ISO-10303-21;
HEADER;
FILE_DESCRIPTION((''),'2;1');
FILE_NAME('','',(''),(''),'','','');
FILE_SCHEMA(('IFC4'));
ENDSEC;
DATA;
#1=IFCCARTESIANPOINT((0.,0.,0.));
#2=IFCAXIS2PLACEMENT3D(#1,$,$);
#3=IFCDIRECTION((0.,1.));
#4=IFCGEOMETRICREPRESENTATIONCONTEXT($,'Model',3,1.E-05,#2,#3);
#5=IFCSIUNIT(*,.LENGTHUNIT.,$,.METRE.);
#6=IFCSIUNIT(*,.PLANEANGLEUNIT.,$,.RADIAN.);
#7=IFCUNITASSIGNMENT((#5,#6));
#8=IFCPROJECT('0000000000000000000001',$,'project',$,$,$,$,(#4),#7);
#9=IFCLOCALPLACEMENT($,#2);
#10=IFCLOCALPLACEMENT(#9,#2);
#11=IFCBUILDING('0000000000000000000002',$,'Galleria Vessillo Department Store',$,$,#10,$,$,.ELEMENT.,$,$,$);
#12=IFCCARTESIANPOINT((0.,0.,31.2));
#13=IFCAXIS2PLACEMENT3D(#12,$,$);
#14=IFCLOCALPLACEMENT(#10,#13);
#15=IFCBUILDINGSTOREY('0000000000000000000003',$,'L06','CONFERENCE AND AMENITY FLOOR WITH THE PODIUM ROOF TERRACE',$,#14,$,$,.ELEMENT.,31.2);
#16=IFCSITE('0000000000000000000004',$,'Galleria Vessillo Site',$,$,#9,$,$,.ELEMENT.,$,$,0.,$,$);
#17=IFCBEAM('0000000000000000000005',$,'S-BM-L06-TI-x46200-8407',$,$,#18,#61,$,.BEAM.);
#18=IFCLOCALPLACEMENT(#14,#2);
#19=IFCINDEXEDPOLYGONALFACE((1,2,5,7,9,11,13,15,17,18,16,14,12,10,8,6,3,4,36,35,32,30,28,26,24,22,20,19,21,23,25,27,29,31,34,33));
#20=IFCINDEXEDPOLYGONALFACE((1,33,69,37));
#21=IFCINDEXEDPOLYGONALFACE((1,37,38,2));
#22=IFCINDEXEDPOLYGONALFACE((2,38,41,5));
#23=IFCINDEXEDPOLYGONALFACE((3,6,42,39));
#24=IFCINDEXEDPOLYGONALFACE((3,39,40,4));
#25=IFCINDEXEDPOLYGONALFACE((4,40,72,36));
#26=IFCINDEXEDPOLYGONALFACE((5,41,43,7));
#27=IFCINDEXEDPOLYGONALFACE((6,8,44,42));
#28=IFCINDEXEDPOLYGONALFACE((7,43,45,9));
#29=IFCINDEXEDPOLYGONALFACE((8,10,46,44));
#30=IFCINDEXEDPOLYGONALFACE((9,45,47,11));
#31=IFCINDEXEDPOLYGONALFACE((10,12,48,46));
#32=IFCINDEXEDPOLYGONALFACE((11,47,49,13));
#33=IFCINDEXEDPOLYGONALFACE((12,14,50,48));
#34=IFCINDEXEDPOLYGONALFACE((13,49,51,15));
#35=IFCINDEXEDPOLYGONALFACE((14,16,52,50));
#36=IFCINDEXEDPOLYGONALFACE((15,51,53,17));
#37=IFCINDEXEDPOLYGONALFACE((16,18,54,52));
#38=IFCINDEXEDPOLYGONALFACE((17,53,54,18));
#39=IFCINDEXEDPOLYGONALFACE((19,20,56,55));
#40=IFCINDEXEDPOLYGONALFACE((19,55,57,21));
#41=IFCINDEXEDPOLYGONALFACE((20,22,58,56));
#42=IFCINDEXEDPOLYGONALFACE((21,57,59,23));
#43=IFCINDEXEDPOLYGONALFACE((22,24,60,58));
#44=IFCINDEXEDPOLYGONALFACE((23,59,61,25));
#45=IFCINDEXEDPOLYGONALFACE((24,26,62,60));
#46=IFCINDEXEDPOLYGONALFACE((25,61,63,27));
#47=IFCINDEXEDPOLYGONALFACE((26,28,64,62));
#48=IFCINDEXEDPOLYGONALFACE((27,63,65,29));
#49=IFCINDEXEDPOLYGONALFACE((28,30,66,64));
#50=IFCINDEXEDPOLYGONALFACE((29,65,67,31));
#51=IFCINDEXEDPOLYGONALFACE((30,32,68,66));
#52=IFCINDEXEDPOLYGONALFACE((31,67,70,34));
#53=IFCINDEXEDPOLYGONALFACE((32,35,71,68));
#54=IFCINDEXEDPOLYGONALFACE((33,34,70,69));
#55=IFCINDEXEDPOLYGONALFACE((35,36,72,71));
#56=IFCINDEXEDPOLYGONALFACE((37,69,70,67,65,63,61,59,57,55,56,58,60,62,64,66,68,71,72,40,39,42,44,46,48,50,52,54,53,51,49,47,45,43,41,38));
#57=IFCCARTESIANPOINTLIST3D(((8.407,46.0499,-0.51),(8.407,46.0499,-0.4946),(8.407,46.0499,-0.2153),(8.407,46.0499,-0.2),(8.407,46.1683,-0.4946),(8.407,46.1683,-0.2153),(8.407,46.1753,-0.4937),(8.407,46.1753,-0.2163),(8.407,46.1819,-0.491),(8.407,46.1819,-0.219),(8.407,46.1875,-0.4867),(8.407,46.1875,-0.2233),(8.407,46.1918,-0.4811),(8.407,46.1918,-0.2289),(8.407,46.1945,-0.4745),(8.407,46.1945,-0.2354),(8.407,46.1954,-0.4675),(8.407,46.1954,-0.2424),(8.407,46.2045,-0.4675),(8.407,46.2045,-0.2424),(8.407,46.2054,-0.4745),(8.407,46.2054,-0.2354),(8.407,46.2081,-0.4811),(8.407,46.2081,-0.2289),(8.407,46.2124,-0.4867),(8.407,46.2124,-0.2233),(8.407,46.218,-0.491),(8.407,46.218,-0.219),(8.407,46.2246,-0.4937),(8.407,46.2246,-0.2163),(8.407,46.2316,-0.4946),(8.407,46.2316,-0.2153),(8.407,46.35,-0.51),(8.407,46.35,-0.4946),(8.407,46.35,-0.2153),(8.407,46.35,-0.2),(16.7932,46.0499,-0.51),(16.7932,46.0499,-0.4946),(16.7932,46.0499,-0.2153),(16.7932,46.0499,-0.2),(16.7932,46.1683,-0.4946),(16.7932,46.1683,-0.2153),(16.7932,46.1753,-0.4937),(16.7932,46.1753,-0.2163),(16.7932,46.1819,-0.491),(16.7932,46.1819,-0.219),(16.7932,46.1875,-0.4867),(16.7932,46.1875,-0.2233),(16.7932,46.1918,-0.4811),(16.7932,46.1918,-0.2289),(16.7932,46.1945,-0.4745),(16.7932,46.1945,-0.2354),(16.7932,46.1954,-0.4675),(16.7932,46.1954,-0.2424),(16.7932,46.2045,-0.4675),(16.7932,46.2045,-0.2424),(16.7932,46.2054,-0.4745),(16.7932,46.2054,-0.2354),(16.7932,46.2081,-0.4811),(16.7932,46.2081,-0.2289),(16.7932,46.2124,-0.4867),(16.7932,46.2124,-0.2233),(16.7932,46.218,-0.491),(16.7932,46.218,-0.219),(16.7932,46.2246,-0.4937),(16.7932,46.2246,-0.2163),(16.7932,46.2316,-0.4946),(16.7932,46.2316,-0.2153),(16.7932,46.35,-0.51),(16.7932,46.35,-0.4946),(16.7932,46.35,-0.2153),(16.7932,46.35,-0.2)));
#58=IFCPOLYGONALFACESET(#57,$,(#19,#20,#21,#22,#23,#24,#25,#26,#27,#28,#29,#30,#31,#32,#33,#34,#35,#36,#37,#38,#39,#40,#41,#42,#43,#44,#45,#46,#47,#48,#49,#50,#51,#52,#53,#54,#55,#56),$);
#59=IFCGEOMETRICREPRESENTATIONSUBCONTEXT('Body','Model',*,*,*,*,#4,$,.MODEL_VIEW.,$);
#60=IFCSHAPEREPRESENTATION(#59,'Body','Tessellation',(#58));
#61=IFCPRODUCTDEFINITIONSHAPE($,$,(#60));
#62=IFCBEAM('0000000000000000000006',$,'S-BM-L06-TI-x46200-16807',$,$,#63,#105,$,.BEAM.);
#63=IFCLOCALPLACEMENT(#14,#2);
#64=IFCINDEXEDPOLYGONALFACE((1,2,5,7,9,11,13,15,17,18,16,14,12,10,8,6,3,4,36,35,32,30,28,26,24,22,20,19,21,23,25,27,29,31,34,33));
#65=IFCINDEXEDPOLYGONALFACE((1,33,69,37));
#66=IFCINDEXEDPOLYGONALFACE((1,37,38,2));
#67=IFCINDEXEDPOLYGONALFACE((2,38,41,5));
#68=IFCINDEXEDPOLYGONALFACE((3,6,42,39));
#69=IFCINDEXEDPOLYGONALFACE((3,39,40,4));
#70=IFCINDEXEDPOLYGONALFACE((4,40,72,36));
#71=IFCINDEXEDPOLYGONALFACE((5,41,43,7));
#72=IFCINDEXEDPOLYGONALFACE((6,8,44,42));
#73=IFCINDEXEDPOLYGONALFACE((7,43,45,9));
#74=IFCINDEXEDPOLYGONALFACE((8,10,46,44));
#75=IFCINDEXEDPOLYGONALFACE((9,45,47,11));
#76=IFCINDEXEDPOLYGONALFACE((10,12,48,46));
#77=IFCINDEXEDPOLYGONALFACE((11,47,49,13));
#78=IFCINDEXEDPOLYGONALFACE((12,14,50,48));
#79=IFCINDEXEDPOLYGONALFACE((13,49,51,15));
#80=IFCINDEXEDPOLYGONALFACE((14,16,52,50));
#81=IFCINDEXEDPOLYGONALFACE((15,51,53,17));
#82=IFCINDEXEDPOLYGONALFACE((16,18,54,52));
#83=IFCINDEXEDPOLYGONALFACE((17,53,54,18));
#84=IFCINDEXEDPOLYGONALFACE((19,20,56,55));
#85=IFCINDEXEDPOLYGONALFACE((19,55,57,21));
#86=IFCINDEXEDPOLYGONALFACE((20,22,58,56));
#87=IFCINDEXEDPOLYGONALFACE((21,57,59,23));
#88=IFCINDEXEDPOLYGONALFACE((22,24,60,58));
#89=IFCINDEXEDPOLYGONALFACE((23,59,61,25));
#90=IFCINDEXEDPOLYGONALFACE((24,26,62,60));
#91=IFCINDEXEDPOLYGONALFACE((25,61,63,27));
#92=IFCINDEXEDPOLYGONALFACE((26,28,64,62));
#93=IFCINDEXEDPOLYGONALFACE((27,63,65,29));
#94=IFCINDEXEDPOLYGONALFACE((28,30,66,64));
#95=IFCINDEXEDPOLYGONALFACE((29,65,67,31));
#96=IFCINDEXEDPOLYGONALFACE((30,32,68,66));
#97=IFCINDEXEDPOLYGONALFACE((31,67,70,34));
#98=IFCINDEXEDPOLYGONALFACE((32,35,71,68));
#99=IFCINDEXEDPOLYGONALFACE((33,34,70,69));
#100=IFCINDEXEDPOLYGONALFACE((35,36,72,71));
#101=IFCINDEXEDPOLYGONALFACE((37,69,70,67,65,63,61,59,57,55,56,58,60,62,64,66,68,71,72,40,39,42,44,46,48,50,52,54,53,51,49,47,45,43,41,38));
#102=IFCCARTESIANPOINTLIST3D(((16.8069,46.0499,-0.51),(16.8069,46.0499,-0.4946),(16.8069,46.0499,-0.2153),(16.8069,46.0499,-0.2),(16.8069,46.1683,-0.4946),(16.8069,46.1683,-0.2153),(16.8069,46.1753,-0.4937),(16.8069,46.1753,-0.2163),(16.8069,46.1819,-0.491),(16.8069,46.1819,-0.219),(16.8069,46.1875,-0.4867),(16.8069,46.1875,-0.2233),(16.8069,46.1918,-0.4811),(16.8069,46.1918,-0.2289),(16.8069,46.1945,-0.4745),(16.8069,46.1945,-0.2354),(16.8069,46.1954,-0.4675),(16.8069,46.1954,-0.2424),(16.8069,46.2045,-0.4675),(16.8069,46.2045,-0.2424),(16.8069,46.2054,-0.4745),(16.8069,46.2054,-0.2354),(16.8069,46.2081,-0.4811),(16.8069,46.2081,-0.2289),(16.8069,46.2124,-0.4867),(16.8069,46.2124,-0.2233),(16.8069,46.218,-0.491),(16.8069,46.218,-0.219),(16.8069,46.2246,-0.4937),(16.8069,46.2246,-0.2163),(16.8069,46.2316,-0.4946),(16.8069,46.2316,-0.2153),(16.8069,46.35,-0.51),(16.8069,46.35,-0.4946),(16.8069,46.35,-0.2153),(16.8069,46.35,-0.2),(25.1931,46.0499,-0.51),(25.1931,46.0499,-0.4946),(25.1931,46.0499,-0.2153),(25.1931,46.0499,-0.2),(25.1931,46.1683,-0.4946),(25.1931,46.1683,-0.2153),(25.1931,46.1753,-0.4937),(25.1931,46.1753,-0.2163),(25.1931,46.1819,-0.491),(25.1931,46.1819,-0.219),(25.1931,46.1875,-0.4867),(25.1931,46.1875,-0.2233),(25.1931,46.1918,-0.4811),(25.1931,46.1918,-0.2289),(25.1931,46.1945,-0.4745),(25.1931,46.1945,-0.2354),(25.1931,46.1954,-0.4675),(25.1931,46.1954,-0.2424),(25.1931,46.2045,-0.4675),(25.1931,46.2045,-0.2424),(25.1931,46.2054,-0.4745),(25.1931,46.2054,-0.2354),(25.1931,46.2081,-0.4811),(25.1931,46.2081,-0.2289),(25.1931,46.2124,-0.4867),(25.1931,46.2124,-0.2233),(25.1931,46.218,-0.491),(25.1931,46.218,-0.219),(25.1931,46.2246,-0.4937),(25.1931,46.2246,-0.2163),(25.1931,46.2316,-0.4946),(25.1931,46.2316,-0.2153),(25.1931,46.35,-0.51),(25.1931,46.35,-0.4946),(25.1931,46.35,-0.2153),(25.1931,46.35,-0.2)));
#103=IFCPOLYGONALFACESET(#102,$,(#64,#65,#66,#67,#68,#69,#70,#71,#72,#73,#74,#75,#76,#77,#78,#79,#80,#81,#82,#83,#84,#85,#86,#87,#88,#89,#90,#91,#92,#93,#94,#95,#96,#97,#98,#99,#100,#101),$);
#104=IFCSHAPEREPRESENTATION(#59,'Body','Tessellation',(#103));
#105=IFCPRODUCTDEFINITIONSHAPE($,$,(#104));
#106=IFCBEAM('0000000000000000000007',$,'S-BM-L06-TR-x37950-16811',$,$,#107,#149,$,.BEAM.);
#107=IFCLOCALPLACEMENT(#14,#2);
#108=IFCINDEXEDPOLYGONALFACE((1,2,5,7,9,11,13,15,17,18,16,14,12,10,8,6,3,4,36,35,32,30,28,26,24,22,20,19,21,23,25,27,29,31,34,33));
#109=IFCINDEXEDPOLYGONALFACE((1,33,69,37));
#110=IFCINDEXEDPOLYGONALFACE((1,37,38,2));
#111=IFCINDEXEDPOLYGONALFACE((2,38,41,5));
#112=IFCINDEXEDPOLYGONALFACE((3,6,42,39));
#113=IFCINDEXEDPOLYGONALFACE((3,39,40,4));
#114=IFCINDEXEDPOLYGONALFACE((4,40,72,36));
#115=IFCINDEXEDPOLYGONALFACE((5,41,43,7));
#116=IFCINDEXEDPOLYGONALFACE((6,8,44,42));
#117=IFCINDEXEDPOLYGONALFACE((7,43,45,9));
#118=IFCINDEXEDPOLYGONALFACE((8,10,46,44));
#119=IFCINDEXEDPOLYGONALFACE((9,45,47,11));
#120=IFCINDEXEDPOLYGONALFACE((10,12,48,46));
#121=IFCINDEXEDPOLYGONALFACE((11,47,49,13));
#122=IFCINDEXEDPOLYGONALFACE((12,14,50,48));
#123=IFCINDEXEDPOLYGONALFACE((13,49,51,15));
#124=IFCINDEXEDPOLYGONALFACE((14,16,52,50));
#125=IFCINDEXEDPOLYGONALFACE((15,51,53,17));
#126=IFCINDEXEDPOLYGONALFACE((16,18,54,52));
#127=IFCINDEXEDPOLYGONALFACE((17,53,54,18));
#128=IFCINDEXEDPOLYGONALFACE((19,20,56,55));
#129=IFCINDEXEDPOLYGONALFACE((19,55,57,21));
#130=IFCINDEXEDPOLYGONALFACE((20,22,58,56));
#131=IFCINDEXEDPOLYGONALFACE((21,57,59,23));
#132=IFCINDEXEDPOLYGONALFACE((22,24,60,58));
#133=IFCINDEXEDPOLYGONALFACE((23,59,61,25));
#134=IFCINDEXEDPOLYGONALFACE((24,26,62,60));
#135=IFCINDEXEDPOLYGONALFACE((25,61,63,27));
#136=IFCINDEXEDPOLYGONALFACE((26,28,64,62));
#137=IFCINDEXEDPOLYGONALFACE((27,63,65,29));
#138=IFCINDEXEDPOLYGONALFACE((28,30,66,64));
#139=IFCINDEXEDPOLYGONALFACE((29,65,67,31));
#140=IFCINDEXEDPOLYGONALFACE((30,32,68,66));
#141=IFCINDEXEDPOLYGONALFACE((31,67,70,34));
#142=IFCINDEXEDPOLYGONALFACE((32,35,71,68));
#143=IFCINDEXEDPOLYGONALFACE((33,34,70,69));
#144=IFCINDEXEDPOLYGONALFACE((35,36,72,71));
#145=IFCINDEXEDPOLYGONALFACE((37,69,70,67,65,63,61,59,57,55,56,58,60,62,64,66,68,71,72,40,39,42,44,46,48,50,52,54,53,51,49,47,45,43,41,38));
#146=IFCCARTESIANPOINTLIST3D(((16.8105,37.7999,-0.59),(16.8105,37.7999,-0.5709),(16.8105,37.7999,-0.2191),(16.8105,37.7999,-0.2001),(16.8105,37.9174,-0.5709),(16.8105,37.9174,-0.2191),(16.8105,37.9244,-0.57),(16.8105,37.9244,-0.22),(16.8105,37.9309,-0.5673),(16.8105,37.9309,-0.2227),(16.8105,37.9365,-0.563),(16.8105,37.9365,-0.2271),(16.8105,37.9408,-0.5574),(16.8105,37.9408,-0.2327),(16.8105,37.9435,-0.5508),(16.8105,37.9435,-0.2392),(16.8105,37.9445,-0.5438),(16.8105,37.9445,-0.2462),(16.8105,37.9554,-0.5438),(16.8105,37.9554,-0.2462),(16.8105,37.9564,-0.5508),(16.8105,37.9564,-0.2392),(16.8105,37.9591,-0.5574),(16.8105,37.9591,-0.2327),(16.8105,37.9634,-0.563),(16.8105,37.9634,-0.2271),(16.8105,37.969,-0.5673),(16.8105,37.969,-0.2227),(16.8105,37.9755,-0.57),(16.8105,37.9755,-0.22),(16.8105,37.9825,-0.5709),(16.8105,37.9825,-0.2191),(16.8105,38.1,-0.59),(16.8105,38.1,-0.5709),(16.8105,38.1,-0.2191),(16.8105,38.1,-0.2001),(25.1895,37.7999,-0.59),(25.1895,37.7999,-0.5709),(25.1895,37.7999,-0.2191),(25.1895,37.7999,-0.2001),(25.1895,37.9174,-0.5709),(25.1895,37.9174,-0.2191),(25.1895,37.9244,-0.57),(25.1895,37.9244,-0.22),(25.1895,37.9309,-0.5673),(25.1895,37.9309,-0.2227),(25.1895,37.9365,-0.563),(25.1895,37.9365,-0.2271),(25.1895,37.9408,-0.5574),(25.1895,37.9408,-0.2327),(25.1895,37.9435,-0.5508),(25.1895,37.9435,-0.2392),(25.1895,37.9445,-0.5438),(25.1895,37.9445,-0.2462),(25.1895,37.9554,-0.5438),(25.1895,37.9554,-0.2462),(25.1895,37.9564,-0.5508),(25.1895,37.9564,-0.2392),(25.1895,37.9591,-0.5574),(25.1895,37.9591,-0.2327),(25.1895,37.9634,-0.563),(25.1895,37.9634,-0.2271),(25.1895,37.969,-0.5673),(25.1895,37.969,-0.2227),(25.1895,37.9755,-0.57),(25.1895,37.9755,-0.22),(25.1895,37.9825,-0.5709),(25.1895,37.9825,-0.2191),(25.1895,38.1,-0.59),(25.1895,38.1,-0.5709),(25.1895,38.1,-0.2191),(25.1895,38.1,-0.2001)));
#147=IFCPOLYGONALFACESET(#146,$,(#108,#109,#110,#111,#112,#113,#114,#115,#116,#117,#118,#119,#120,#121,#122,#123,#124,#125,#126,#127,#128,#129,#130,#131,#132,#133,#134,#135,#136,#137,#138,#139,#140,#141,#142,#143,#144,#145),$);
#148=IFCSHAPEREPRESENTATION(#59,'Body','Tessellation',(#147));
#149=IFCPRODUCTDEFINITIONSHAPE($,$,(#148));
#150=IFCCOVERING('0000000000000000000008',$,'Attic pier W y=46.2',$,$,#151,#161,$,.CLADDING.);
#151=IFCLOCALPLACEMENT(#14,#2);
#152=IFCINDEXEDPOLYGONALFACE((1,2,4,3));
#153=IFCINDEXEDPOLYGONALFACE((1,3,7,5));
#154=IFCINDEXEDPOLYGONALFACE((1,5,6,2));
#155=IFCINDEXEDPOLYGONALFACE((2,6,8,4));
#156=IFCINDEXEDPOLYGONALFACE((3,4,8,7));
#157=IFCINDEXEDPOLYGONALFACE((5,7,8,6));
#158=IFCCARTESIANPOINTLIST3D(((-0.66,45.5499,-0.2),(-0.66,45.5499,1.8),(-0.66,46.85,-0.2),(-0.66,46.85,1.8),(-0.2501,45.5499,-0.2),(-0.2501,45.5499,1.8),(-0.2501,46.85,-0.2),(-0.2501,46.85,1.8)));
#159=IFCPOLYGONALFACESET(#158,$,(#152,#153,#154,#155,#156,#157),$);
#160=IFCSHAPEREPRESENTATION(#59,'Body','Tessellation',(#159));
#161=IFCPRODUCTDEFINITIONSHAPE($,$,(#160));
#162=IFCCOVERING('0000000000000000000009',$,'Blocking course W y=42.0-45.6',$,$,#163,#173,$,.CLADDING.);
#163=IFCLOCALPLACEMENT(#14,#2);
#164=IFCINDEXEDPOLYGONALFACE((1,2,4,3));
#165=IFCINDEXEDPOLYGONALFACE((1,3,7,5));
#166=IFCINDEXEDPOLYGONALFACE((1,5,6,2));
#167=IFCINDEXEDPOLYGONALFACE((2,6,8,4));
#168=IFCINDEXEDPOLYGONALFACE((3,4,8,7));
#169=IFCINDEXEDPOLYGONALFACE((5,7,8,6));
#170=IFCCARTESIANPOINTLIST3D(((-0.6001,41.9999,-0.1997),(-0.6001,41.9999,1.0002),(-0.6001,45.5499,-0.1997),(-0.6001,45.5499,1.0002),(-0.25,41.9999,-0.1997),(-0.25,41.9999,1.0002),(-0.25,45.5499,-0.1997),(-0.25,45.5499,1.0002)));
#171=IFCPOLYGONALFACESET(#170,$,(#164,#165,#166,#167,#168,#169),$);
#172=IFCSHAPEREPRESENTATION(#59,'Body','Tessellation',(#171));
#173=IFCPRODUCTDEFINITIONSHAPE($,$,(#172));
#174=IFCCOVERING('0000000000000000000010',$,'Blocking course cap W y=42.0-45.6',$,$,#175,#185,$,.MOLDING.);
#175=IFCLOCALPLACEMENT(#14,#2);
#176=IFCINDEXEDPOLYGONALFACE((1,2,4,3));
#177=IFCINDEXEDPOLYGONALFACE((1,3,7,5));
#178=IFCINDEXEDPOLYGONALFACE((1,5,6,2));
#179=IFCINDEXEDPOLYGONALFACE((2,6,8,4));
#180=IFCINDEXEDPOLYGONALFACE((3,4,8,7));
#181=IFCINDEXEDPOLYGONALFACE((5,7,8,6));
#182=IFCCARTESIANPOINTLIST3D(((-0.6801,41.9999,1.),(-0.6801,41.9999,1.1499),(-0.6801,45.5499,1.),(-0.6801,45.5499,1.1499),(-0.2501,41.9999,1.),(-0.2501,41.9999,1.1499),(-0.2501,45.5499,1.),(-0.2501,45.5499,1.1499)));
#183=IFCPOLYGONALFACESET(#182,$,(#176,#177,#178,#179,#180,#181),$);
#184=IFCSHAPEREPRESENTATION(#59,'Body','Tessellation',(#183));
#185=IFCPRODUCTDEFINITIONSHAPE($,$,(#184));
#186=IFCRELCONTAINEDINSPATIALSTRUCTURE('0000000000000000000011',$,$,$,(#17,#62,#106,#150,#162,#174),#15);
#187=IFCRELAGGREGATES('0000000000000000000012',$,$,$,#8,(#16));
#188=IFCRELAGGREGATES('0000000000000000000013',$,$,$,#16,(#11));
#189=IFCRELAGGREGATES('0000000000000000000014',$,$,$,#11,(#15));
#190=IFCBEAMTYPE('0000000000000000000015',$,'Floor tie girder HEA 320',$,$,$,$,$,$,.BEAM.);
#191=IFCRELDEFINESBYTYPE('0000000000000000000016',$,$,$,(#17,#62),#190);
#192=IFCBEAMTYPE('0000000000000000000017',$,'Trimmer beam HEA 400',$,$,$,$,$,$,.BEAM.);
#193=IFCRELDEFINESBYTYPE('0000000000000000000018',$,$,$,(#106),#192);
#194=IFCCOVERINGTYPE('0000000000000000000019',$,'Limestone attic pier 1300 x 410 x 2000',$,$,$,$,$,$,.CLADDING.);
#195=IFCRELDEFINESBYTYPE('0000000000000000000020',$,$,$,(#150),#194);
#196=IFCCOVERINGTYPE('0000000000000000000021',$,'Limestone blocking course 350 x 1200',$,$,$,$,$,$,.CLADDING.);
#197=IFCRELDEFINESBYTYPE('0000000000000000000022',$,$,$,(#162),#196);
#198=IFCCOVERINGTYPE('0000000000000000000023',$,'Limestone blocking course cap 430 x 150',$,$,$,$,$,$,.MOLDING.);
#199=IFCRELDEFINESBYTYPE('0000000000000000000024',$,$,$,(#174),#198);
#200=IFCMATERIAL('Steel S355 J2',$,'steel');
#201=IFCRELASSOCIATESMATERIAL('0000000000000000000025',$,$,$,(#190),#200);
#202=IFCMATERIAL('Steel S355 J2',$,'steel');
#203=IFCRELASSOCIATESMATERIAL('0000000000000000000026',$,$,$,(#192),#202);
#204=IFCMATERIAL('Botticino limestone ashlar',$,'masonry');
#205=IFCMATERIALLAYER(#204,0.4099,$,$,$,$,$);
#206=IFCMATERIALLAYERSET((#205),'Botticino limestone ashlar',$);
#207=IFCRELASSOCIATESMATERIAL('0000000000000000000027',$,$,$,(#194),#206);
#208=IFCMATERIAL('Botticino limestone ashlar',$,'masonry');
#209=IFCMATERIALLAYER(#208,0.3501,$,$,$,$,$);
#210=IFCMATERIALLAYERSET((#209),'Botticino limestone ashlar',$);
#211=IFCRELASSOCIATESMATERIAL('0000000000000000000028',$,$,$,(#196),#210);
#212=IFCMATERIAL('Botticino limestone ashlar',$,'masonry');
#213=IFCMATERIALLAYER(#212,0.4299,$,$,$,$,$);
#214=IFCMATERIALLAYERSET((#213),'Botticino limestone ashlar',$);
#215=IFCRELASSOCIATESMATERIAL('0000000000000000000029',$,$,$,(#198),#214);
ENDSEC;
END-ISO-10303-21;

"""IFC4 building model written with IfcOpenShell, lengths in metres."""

from ifc_helpers import new_model, si_unit, direction, frame, origin, origin_2d, place, context, subcontext, project, spatial, rectangle, i_section, extrude, material, layer, layer_set, material_profile, profile_set, type_object, element, save


model = new_model("IFC4")

# Units and contexts
model_context = context("Model", 3, precision=1e-05, world=origin(), true_north=direction((0.0, 1.0)))
body_context = subcontext(model_context, "Body", "Model", "MODEL_VIEW")
ifc_project = project(units=[si_unit("LENGTHUNIT", "METRE"), si_unit("PLANEANGLEUNIT", "RADIAN")], contexts=[model_context])

# Site, building, storey
site_placement = place(None, origin())
site = spatial("IfcSite", under=ifc_project, at=site_placement, Name="Galleria Vessillo Site", CompositionType="ELEMENT", RefElevation=0.0)
building_placement = place(site_placement, origin())
building = spatial("IfcBuilding", under=site, at=building_placement, Name="Galleria Vessillo Department Store", CompositionType="ELEMENT")
storey_placement = place(building_placement, frame((0.0, 0.0, 31.2)))
storey = spatial("IfcBuildingStorey", under=building, at=storey_placement, Name="L06", Description="CONFERENCE AND AMENITY FLOOR WITH THE PODIUM ROOF TERRACE", CompositionType="ELEMENT", Elevation=31.2)

# Beams
ifc_material_1 = material(Name="Steel S355 J2", Category="steel")
ifc_material_profile_1 = material_profile(ifc_material_1, i_section(OverallWidth=0.3, OverallDepth=0.3101, WebThickness=0.009, FlangeThickness=0.0154, FilletRadius=0.0271, at=origin_2d()), Name="HEA 320")
ifc_profile_set_1 = profile_set([ifc_material_profile_1], Name="Steel S355 J2")
beam_type_1 = type_object("IfcBeamType", Name="Floor tie girder HEA 320", PredefinedType="BEAM", material=ifc_profile_set_1)
for number, where, z_axis, x_axis, name in (
    (1, (8.407, 46.2, -0.355), (1.0, 0.0, 0.0), (0.0, 1.0, 0.0), "S-BM-L06-TI-x46200-8407"),
    (2, (16.8069, 46.2, -0.355), (1.0, 0.0, 0.0), (0.0, 1.0, 0.0), "S-BM-L06-TI-x46200-16807"),
):
    element("IfcBeam", number, at=place(storey_placement, frame(where, z_axis=z_axis, x_axis=x_axis)), inside=storey, type_object=beam_type_1, Name=name, PredefinedType="BEAM", context=body_context, shape_type="SweptSolid", body=[
        extrude(i_section(OverallWidth=0.3, OverallDepth=0.3101, WebThickness=0.009, FlangeThickness=0.0154, FilletRadius=0.0271, at=origin_2d()), origin(), (0.0, 0.0, 1.0), 8.3862),
    ])
ifc_material_2 = material(Name="Steel S355 J2", Category="steel")
ifc_material_profile_2 = material_profile(ifc_material_2, i_section(OverallWidth=0.3, OverallDepth=0.3899, WebThickness=0.011, FlangeThickness=0.019, FilletRadius=0.0271, at=origin_2d()), Name="HEA 400")
ifc_profile_set_2 = profile_set([ifc_material_profile_2], Name="Steel S355 J2")
beam_type_2 = type_object("IfcBeamType", Name="Trimmer beam HEA 400", PredefinedType="BEAM", material=ifc_profile_set_2)
beam_1_placement = place(storey_placement, frame((16.8105, 37.95, -0.395), z_axis=(1.0, 0.0, 0.0), x_axis=(0.0, 1.0, 0.0)))
element("IfcBeam", 3, at=beam_1_placement, inside=storey, type_object=beam_type_2, Name="S-BM-L06-TR-x37950-16811", PredefinedType="BEAM", context=body_context, shape_type="SweptSolid", body=[
    extrude(i_section(OverallWidth=0.3, OverallDepth=0.3899, WebThickness=0.011, FlangeThickness=0.019, FilletRadius=0.0271, at=origin_2d()), origin(), (0.0, 0.0, 1.0), 8.3789),
])

# Coverings
ifc_material_3 = material(Name="Botticino limestone ashlar", Category="masonry")
ifc_layer_1 = layer(ifc_material_3, 0.4099)
ifc_layer_set_1 = layer_set([ifc_layer_1], Name="Botticino limestone ashlar")
covering_type_1 = type_object("IfcCoveringType", Name="Limestone attic pier 1300 x 410 x 2000", PredefinedType="CLADDING", material=ifc_layer_set_1)
covering_1_placement = place(storey_placement, frame((-0.4551, 46.2, -0.2), z_axis=(0.0, 0.0, 1.0), x_axis=(1.0, 0.0, 0.0)))
element("IfcCovering", 4, at=covering_1_placement, inside=storey, type_object=covering_type_1, Name="Attic pier W y=46.2", PredefinedType="CLADDING", context=body_context, shape_type="SweptSolid", body=[
    extrude(rectangle(XDim=0.4099, YDim=1.3, at=origin_2d()), origin(), (0.0, 0.0, 1.0), 2.0),
])
ifc_material_4 = material(Name="Botticino limestone ashlar", Category="masonry")
ifc_layer_2 = layer(ifc_material_4, 0.3501)
ifc_layer_set_2 = layer_set([ifc_layer_2], Name="Botticino limestone ashlar")
covering_type_2 = type_object("IfcCoveringType", Name="Limestone blocking course 350 x 1200", PredefinedType="CLADDING", material=ifc_layer_set_2)
covering_2_placement = place(storey_placement, frame((-0.425, 43.7749, -0.1997), z_axis=(0.0, 0.0, 1.0), x_axis=(1.0, 0.0, 0.0)))
element("IfcCovering", 5, at=covering_2_placement, inside=storey, type_object=covering_type_2, Name="Blocking course W y=42.0-45.6", PredefinedType="CLADDING", context=body_context, shape_type="SweptSolid", body=[
    extrude(rectangle(XDim=0.3501, YDim=3.55, at=origin_2d()), origin(), (0.0, 0.0, 1.0), 1.2),
])
ifc_material_5 = material(Name="Botticino limestone ashlar", Category="masonry")
ifc_layer_3 = layer(ifc_material_5, 0.4299)
ifc_layer_set_3 = layer_set([ifc_layer_3], Name="Botticino limestone ashlar")
covering_type_3 = type_object("IfcCoveringType", Name="Limestone blocking course cap 430 x 150", PredefinedType="MOLDING", material=ifc_layer_set_3)
covering_3_placement = place(storey_placement, frame((-0.4651, 43.7749, 1.0), z_axis=(0.0, 0.0, 1.0), x_axis=(1.0, 0.0, 0.0)))
element("IfcCovering", 6, at=covering_3_placement, inside=storey, type_object=covering_type_3, Name="Blocking course cap W y=42.0-45.6", PredefinedType="MOLDING", context=body_context, shape_type="SweptSolid", body=[
    extrude(rectangle(XDim=0.4299, YDim=3.55, at=origin_2d()), origin(), (0.0, 0.0, 1.0), 0.1499),
])

save(model, "model.ifc")
